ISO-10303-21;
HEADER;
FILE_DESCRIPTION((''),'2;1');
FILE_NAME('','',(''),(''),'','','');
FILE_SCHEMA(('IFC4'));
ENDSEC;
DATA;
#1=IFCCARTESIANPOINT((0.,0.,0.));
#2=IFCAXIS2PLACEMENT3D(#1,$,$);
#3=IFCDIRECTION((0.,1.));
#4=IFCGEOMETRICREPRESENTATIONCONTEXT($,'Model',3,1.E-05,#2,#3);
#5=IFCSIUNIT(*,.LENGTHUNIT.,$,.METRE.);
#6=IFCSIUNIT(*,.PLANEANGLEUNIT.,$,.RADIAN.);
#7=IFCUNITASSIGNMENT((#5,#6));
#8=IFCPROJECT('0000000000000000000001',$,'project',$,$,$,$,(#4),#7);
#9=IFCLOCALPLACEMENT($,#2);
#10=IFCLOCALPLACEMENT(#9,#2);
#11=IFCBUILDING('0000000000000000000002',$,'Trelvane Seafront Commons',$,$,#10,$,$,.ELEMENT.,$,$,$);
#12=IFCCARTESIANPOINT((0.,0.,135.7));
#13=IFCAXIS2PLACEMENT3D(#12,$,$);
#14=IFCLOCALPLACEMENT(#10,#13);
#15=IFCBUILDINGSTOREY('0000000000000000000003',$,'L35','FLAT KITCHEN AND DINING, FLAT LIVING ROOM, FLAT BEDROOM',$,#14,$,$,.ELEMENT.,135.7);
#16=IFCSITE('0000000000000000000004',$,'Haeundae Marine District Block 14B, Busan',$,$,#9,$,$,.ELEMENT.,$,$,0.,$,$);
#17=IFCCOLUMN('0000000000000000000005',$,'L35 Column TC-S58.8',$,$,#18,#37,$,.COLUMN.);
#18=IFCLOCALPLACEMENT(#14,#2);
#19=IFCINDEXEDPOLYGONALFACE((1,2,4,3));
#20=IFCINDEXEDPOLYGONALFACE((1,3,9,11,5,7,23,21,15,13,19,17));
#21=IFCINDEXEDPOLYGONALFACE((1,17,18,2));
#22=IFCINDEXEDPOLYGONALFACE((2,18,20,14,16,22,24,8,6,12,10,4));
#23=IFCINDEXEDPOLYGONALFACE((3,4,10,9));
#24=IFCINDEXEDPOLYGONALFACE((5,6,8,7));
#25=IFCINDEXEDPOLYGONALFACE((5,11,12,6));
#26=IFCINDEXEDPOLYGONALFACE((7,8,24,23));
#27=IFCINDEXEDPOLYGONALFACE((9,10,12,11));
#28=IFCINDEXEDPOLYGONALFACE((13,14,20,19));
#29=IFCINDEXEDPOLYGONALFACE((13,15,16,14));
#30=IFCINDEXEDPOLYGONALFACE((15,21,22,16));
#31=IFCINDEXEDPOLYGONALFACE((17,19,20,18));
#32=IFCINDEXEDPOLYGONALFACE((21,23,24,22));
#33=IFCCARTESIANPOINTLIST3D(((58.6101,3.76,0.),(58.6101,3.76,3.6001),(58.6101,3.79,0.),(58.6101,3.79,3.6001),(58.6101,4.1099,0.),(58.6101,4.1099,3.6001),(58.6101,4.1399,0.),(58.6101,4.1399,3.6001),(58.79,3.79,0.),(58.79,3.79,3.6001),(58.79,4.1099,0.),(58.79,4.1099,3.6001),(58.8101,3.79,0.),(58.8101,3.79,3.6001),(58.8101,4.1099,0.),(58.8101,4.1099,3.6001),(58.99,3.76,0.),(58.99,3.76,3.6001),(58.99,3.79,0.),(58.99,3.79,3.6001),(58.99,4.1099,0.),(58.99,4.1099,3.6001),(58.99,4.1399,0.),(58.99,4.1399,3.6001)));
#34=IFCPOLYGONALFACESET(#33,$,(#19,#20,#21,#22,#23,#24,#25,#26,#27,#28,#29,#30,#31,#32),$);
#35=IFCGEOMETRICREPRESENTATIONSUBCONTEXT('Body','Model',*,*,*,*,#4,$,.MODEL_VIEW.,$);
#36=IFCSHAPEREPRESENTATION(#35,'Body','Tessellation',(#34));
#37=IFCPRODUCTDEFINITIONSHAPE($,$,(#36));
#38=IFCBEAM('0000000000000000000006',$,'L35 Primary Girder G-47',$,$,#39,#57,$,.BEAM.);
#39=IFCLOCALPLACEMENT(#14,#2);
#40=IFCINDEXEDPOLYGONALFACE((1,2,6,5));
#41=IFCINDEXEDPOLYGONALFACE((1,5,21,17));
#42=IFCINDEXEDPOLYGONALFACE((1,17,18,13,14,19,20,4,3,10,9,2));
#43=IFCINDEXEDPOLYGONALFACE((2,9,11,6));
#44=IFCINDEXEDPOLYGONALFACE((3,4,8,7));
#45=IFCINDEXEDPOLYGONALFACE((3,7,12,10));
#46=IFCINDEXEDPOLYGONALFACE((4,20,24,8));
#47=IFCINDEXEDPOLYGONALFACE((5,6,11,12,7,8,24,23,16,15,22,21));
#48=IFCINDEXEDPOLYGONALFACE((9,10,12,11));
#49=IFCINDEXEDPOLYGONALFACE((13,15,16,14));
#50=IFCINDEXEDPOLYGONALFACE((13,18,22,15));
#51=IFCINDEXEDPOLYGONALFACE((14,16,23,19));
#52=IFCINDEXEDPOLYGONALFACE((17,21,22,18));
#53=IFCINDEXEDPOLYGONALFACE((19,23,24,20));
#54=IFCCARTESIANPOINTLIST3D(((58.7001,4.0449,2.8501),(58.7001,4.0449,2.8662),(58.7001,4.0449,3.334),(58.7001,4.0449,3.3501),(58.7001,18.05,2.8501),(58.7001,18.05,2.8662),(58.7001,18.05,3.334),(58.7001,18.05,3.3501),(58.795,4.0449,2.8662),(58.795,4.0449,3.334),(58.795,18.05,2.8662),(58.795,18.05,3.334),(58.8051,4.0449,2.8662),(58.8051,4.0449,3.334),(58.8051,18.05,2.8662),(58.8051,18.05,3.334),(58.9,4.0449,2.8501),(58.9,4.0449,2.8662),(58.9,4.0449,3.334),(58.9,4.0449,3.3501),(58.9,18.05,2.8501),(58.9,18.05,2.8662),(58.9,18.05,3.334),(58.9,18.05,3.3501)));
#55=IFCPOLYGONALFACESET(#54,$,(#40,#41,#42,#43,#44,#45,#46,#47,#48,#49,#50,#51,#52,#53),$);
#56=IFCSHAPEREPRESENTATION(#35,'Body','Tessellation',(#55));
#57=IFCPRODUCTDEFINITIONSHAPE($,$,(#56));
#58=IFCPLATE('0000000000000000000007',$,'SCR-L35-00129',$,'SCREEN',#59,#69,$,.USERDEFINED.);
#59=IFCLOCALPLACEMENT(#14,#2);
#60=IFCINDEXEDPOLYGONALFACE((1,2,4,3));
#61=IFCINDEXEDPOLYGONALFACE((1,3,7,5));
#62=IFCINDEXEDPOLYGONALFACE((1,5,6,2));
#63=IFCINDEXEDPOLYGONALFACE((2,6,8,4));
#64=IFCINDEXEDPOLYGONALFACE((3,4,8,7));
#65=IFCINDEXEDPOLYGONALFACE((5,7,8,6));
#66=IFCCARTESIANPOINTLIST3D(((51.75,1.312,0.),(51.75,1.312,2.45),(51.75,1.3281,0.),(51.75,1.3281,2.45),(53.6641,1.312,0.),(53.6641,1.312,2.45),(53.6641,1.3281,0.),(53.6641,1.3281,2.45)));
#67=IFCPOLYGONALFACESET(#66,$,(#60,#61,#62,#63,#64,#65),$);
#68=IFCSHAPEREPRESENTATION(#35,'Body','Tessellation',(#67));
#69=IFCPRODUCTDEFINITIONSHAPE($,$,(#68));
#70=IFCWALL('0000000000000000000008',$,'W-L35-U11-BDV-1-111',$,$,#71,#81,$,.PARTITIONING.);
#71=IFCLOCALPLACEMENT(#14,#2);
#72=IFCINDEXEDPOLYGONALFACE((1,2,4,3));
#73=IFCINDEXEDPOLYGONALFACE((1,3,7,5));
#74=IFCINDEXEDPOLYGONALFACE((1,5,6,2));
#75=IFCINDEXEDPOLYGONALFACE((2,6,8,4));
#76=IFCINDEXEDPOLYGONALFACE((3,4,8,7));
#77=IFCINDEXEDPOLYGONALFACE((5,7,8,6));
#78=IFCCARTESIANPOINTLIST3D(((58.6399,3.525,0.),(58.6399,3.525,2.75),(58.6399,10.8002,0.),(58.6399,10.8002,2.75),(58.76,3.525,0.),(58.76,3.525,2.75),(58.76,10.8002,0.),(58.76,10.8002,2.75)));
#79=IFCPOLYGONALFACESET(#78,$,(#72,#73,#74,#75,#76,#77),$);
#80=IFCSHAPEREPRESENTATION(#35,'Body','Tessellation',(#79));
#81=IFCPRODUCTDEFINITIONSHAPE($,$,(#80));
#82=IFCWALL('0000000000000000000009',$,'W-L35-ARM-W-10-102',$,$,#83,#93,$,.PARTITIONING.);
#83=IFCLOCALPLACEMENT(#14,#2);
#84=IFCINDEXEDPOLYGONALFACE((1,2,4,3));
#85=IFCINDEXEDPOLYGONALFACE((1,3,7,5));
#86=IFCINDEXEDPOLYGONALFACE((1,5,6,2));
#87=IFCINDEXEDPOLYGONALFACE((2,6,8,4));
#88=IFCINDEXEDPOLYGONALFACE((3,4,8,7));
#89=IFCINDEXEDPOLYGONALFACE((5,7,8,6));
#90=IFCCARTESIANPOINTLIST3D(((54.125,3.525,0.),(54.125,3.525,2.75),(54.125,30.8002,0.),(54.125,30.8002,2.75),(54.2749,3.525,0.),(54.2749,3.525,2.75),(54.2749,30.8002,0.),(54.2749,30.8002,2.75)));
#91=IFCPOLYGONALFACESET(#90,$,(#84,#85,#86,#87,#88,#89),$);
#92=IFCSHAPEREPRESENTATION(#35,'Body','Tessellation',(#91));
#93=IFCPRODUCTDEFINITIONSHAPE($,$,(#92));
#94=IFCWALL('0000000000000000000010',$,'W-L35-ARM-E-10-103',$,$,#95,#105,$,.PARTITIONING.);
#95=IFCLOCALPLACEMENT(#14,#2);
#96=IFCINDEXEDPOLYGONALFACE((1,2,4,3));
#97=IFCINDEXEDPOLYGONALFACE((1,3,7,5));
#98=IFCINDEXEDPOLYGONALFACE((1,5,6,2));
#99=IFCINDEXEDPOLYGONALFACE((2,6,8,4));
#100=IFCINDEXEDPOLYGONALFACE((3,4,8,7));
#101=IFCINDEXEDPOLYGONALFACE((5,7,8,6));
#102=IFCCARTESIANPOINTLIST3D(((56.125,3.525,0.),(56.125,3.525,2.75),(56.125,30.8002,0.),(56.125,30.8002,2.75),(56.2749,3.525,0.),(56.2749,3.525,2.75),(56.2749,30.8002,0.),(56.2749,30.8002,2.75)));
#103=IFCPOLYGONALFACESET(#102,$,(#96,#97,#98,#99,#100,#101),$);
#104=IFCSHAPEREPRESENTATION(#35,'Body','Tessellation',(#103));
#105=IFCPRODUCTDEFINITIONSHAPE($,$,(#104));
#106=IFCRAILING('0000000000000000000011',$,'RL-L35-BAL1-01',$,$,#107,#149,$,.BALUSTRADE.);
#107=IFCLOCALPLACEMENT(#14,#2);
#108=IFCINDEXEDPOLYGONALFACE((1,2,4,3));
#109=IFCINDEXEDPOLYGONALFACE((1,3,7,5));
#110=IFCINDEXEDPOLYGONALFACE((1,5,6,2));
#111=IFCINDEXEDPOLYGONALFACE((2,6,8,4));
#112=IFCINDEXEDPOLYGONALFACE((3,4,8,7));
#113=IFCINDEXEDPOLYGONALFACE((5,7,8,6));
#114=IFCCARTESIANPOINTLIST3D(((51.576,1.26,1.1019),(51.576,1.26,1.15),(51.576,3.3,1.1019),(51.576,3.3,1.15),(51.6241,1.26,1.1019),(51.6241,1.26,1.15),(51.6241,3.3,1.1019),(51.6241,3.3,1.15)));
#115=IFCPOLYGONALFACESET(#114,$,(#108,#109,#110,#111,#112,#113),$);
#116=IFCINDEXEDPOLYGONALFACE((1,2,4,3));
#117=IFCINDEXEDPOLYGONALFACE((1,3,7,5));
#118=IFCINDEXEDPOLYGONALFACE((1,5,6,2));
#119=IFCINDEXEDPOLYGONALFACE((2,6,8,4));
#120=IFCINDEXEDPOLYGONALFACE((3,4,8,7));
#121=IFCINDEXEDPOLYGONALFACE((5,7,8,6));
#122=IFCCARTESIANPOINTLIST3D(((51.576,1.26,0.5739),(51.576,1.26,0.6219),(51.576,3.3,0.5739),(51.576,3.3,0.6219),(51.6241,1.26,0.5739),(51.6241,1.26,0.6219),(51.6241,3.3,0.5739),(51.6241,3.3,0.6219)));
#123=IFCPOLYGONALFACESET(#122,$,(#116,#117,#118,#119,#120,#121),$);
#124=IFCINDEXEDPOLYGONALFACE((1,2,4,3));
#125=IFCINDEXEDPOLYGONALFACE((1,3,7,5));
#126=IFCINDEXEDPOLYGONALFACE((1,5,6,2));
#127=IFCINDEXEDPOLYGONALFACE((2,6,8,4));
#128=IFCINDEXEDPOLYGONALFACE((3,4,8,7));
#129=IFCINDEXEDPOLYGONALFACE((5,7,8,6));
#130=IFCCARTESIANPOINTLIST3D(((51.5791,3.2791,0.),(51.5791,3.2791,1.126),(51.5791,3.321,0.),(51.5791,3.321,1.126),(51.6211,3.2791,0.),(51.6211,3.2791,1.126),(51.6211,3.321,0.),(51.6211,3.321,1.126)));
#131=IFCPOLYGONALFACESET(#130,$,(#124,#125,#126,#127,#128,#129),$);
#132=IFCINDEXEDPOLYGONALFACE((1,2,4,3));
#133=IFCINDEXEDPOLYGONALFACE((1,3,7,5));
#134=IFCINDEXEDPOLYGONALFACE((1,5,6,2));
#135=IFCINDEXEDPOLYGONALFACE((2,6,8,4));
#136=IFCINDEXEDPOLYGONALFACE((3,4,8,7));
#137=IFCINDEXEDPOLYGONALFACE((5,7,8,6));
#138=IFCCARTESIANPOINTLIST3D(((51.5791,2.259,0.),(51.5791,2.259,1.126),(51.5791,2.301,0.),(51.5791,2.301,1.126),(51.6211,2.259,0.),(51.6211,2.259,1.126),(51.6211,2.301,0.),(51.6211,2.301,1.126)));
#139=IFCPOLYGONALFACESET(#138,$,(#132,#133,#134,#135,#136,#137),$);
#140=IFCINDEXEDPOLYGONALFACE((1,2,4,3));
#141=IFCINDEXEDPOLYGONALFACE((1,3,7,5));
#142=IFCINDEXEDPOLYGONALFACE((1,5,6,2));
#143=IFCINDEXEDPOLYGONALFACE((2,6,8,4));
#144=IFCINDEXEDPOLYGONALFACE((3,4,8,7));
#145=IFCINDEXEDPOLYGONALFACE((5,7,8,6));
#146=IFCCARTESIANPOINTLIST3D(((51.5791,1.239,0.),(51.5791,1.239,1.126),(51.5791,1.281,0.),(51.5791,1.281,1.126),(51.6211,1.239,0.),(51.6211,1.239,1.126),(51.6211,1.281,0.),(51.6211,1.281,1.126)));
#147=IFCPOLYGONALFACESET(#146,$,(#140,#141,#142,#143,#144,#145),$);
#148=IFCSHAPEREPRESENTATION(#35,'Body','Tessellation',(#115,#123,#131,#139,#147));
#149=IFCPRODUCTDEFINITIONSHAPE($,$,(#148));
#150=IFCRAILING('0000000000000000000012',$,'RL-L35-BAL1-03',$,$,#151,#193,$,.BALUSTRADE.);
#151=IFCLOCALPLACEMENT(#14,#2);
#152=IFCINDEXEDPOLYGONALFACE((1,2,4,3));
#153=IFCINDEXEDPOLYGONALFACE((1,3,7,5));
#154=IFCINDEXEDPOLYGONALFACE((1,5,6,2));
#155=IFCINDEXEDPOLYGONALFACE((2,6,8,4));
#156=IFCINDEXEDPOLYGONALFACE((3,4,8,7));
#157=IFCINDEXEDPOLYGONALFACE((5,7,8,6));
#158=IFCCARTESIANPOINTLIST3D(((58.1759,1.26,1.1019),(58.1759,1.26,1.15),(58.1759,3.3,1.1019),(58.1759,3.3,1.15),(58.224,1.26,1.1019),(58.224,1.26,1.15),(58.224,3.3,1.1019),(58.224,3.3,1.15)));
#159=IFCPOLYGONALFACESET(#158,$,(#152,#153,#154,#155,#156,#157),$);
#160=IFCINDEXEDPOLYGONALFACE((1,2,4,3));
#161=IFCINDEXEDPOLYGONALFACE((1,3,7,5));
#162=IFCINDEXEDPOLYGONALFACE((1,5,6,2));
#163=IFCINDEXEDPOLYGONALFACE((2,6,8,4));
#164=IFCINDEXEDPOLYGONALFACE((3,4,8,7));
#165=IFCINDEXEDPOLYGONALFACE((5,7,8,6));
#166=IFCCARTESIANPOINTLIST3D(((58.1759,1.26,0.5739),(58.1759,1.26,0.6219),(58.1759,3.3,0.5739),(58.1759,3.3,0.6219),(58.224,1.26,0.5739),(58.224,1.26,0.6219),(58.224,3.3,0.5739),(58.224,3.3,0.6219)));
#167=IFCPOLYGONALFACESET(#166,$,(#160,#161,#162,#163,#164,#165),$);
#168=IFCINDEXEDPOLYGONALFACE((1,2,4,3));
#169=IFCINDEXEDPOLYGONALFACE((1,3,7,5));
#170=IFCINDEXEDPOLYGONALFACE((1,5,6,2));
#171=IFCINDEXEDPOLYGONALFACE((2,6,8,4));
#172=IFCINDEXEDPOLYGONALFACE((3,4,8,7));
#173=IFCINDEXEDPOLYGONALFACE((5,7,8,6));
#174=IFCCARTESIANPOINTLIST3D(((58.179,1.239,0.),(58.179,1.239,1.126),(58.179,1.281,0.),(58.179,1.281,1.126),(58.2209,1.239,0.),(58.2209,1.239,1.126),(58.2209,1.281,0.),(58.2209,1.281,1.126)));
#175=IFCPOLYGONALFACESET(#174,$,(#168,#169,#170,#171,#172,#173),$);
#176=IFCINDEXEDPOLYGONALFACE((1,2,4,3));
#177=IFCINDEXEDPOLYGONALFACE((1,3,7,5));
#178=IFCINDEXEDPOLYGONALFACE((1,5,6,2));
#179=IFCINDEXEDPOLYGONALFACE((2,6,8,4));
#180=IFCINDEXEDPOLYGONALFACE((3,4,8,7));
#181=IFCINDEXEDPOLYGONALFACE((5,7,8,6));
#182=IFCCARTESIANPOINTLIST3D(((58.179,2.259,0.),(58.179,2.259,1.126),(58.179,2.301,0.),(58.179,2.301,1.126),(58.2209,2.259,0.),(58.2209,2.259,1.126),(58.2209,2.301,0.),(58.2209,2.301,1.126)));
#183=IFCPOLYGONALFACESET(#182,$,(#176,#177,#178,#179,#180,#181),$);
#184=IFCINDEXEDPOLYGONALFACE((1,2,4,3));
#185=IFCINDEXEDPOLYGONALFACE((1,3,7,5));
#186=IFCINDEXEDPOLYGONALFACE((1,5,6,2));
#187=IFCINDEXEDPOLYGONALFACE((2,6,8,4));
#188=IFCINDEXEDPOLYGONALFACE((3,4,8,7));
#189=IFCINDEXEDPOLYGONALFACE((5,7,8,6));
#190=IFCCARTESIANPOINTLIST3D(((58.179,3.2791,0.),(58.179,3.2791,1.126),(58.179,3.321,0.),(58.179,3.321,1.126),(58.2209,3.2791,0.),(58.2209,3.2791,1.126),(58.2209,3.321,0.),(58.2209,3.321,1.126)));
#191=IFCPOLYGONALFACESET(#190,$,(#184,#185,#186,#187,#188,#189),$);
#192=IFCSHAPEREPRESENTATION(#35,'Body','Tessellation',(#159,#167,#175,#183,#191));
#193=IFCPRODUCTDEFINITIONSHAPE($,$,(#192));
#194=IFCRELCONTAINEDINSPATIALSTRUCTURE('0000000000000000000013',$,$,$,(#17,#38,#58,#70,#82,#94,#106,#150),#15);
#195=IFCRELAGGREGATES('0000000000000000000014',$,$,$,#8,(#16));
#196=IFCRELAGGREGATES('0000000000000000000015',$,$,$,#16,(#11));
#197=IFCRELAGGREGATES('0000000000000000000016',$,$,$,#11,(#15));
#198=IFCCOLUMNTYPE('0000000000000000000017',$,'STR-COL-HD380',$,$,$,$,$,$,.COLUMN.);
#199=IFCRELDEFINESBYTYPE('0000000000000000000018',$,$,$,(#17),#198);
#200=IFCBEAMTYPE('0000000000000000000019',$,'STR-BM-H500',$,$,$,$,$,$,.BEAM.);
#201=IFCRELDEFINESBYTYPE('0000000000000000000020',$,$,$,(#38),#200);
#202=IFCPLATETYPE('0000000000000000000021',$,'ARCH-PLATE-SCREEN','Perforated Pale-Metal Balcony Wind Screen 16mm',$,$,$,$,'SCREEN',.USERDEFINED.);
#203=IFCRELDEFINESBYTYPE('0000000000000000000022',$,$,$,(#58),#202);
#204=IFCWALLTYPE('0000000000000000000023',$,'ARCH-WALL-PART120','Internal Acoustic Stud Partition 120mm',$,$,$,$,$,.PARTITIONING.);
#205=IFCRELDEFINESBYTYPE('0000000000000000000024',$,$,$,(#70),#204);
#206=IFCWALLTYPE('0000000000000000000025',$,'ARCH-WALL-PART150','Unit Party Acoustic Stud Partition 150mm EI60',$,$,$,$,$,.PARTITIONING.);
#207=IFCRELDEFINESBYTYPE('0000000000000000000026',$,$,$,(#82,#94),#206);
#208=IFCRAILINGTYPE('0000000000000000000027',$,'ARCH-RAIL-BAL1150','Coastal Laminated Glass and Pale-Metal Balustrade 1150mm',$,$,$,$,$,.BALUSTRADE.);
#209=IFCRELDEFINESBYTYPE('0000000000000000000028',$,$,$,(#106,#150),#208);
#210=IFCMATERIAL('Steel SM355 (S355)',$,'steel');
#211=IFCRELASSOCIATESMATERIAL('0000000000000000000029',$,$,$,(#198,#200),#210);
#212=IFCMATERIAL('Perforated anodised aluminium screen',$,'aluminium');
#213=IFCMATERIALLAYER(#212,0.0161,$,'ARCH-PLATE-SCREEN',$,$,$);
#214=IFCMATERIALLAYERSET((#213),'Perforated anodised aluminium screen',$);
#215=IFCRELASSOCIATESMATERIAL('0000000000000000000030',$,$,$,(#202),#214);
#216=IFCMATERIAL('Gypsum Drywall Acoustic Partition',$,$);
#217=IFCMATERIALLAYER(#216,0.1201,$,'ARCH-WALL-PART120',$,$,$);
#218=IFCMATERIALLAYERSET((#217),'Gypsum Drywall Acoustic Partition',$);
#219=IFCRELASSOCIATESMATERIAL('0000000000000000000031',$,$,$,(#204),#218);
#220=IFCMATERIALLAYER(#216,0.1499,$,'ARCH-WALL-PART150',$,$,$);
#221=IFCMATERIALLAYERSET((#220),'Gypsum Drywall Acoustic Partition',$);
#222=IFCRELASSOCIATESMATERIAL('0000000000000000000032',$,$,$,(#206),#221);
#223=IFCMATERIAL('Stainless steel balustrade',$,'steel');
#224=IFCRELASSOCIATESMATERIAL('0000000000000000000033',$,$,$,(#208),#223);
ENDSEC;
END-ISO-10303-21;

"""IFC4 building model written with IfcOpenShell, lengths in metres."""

from ifc_helpers import new_model, si_unit, direction, frame, frame_2d, origin, origin_2d, place, context, subcontext, project, spatial, rectangle, i_section, extrude, source, transform, mapped, material, layer, layer_set, material_profile, profile_set, type_object, element, save


model = new_model("IFC4")

# Units and contexts
model_context = context("Model", 3, precision=1e-05, world=origin(), true_north=direction((0.0, 1.0)))
body_context = subcontext(model_context, "Body", "Model", "MODEL_VIEW")
ifc_project = project(units=[si_unit("LENGTHUNIT", "METRE"), si_unit("PLANEANGLEUNIT", "RADIAN")], contexts=[model_context])

# Site, building, storey
site_placement = place(None, origin())
site = spatial("IfcSite", under=ifc_project, at=site_placement, Name="Haeundae Marine District Block 14B, Busan", CompositionType="ELEMENT", RefElevation=0.0)
building_placement = place(site_placement, origin())
building = spatial("IfcBuilding", under=site, at=building_placement, Name="Trelvane Seafront Commons", CompositionType="ELEMENT")
storey_placement = place(building_placement, frame((0.0, 0.0, 135.7)))
storey = spatial("IfcBuildingStorey", under=building, at=storey_placement, Name="L35", Description="FLAT KITCHEN AND DINING, FLAT LIVING ROOM, FLAT BEDROOM", CompositionType="ELEMENT", Elevation=135.7)

# Column
ifc_material_1 = material(Name="Steel SM355 (S355)", Category="steel")
ifc_material_profile_1 = material_profile(ifc_material_1, i_section(OverallWidth=0.3799, OverallDepth=0.3799, WebThickness=0.02, FlangeThickness=0.03, at=origin_2d()), Name="HD-380x380x20x30")
ifc_profile_set_1 = profile_set([ifc_material_profile_1], Name="Steel SM355 (S355)")
column_type = type_object("IfcColumnType", Name="STR-COL-HD380", PredefinedType="COLUMN", material=ifc_profile_set_1)
shared_shape_1 = source(origin(), body_context, "Body", "SweptSolid", [
    extrude(i_section(OverallWidth=0.3799, OverallDepth=0.3799, WebThickness=0.02, FlangeThickness=0.03, at=origin_2d()), origin(), (0.0, 0.0, 1.0), 3.6001),
])
column_placement = place(storey_placement, frame((58.8, 3.95, 0.0), z_axis=(0.0, 0.0, 1.0), x_axis=(1.0, 0.0, 0.0)))
element("IfcColumn", 1, at=column_placement, inside=storey, type_object=column_type, Name="L35 Column TC-S58.8", PredefinedType="COLUMN", context=body_context, shape_type="MappedRepresentation", body=[
    mapped(shared_shape_1, transform((0.0, 0.0, 0.0), x_axis=(1.0, 0.0, 0.0), y_axis=(0.0, 1.0, 0.0), z_axis=(0.0, 0.0, 1.0), scale=1.0)),
])

# Beam
ifc_material_profile_2 = material_profile(ifc_material_1, i_section(OverallWidth=0.2, OverallDepth=0.5, WebThickness=0.01, FlangeThickness=0.0161, at=origin_2d()), Name="H-500x200x10x16")
ifc_profile_set_2 = profile_set([ifc_material_profile_2], Name="Steel SM355 (S355)")
beam_type = type_object("IfcBeamType", Name="STR-BM-H500", PredefinedType="BEAM", material=ifc_profile_set_2)
shared_shape_2 = source(origin(), body_context, "Body", "SweptSolid", [
    extrude(i_section(OverallWidth=0.2, OverallDepth=0.5, WebThickness=0.01, FlangeThickness=0.0161, at=origin_2d()), origin(), (0.0, 0.0, 1.0), 14.0051),
])
beam_placement = place(storey_placement, frame((58.8, 4.0449, 3.1001), z_axis=(0.0, 1.0, 0.0), x_axis=(-1.0, 0.0, 0.0)))
element("IfcBeam", 2, at=beam_placement, inside=storey, type_object=beam_type, Name="L35 Primary Girder G-47", PredefinedType="BEAM", context=body_context, shape_type="MappedRepresentation", body=[
    mapped(shared_shape_2, transform((0.0, 0.0, 0.0), x_axis=(1.0, 0.0, 0.0), y_axis=(0.0, 1.0, 0.0), z_axis=(0.0, 0.0, 1.0), scale=1.0)),
])

# Plate
ifc_material_2 = material(Name="Perforated anodised aluminium screen", Category="aluminium")
ifc_layer_1 = layer(ifc_material_2, 0.0161, Name="ARCH-PLATE-SCREEN")
ifc_layer_set_1 = layer_set([ifc_layer_1], Name="Perforated anodised aluminium screen")
plate_type = type_object("IfcPlateType", Name="ARCH-PLATE-SCREEN", Description="Perforated Pale-Metal Balcony Wind Screen 16mm", ElementType="SCREEN", PredefinedType="USERDEFINED", material=ifc_layer_set_1)
shared_shape_3 = source(origin(), body_context, "Body", "SweptSolid", [
    extrude(rectangle(XDim=1.9141, YDim=0.0161, at=origin_2d()), origin(), (0.0, 0.0, 1.0), 2.45),
])
plate_placement = place(storey_placement, frame((52.707, 1.3201, 0.0), z_axis=(0.0, 0.0, 1.0), x_axis=(1.0, 0.0, 0.0)))
element("IfcPlate", 3, at=plate_placement, inside=storey, type_object=plate_type, Name="SCR-L35-00129", ObjectType="SCREEN", PredefinedType="USERDEFINED", context=body_context, shape_type="MappedRepresentation", body=[
    mapped(shared_shape_3, transform((0.0, 0.0, 0.0), x_axis=(1.0, 0.0, 0.0), y_axis=(0.0, 1.0, 0.0), z_axis=(0.0, 0.0, 1.0), scale=1.0)),
])

# Shared definitions
ifc_material_3 = material(Name="Gypsum Drywall Acoustic Partition")
ifc_layer_2 = layer(ifc_material_3, 0.1201, Name="ARCH-WALL-PART120")
ifc_layer_set_2 = layer_set([ifc_layer_2], Name="Gypsum Drywall Acoustic Partition")
wall_type_1 = type_object("IfcWallType", Name="ARCH-WALL-PART120", Description="Internal Acoustic Stud Partition 120mm", PredefinedType="PARTITIONING", material=ifc_layer_set_2)

# Walls
wall_1_placement = place(storey_placement, frame((58.7, 3.5249, 0.0), z_axis=(0.0, 0.0, 1.0), x_axis=(0.0, 1.0, 0.0)))
element("IfcWall", 4, at=wall_1_placement, inside=storey, type_object=wall_type_1, Name="W-L35-U11-BDV-1-111", PredefinedType="PARTITIONING", context=body_context, shape_type="SweptSolid", body=[
    extrude(rectangle(XDim=7.2751, YDim=0.1201, at=frame_2d((3.6377, 0.0))), origin(), (0.0, 0.0, 1.0), 2.75),
])
ifc_layer_3 = layer(ifc_material_3, 0.1499, Name="ARCH-WALL-PART150")
ifc_layer_set_3 = layer_set([ifc_layer_3], Name="Gypsum Drywall Acoustic Partition")
wall_type_2 = type_object("IfcWallType", Name="ARCH-WALL-PART150", Description="Unit Party Acoustic Stud Partition 150mm EI60", PredefinedType="PARTITIONING", material=ifc_layer_set_3)
for number, where, z_axis, x_axis, name in (
    (5, (54.2, 3.5249, 0.0), (0.0, 0.0, 1.0), (0.0, 1.0, 0.0), "W-L35-ARM-W-10-102"),
    (6, (56.2, 3.5249, 0.0), (0.0, 0.0, 1.0), (0.0, 1.0, 0.0), "W-L35-ARM-E-10-103"),
):
    element("IfcWall", number, at=place(storey_placement, frame(where, z_axis=z_axis, x_axis=x_axis)), inside=storey, type_object=wall_type_2, Name=name, PredefinedType="PARTITIONING", context=body_context, shape_type="SweptSolid", body=[
        extrude(rectangle(XDim=27.2751, YDim=0.1499, at=frame_2d((13.6377, 0.0))), origin(), (0.0, 0.0, 1.0), 2.75),
    ])

# Railings
ifc_material_4 = material(Name="Stainless steel balustrade", Category="steel")
railing_type = type_object("IfcRailingType", Name="ARCH-RAIL-BAL1150", Description="Coastal Laminated Glass and Pale-Metal Balustrade 1150mm", PredefinedType="BALUSTRADE", material=ifc_material_4)
railing_1_placement = place(storey_placement, frame((51.6001, 3.3, 0.0)))
element("IfcRailing", 7, at=railing_1_placement, inside=storey, type_object=railing_type, Name="RL-L35-BAL1-01", PredefinedType="BALUSTRADE", context=body_context, shape_type="SweptSolid", body=[
    extrude(rectangle(XDim=0.0481, YDim=0.0481, at=origin_2d()), frame((0.0, 0.0, 1.126), z_axis=(0.0, -1.0, 0.0), x_axis=(1.0, 0.0, 0.0)), (0.0, 0.0, 1.0), 2.04),
    extrude(rectangle(XDim=0.0481, YDim=0.0481, at=origin_2d()), frame((0.0, 0.0, 0.5979), z_axis=(0.0, -1.0, 0.0), x_axis=(1.0, 0.0, 0.0)), (0.0, 0.0, 1.0), 2.04),
    extrude(rectangle(XDim=0.042, YDim=0.042, at=origin_2d()), origin(), (0.0, 0.0, 1.0), 1.126),
    extrude(rectangle(XDim=0.042, YDim=0.042, at=origin_2d()), frame((0.0, -1.02, 0.0)), (0.0, 0.0, 1.0), 1.126),
    extrude(rectangle(XDim=0.042, YDim=0.042, at=origin_2d()), frame((0.0, -2.04, 0.0)), (0.0, 0.0, 1.0), 1.126),
])
railing_2_placement = place(storey_placement, frame((58.2, 1.26, 0.0)))
element("IfcRailing", 8, at=railing_2_placement, inside=storey, type_object=railing_type, Name="RL-L35-BAL1-03", PredefinedType="BALUSTRADE", context=body_context, shape_type="SweptSolid", body=[
    extrude(rectangle(XDim=0.0481, YDim=0.0481, at=origin_2d()), frame((0.0, 0.0, 1.126), z_axis=(0.0, 1.0, 0.0), x_axis=(-1.0, 0.0, 0.0)), (0.0, 0.0, 1.0), 2.04),
    extrude(rectangle(XDim=0.0481, YDim=0.0481, at=origin_2d()), frame((0.0, 0.0, 0.5979), z_axis=(0.0, 1.0, 0.0), x_axis=(-1.0, 0.0, 0.0)), (0.0, 0.0, 1.0), 2.04),
    extrude(rectangle(XDim=0.042, YDim=0.042, at=origin_2d()), origin(), (0.0, 0.0, 1.0), 1.126),
    extrude(rectangle(XDim=0.042, YDim=0.042, at=origin_2d()), frame((0.0, 1.02, 0.0)), (0.0, 0.0, 1.0), 1.126),
    extrude(rectangle(XDim=0.042, YDim=0.042, at=origin_2d()), frame((0.0, 2.04, 0.0)), (0.0, 0.0, 1.0), 1.126),
])

save(model, "model.ifc")
